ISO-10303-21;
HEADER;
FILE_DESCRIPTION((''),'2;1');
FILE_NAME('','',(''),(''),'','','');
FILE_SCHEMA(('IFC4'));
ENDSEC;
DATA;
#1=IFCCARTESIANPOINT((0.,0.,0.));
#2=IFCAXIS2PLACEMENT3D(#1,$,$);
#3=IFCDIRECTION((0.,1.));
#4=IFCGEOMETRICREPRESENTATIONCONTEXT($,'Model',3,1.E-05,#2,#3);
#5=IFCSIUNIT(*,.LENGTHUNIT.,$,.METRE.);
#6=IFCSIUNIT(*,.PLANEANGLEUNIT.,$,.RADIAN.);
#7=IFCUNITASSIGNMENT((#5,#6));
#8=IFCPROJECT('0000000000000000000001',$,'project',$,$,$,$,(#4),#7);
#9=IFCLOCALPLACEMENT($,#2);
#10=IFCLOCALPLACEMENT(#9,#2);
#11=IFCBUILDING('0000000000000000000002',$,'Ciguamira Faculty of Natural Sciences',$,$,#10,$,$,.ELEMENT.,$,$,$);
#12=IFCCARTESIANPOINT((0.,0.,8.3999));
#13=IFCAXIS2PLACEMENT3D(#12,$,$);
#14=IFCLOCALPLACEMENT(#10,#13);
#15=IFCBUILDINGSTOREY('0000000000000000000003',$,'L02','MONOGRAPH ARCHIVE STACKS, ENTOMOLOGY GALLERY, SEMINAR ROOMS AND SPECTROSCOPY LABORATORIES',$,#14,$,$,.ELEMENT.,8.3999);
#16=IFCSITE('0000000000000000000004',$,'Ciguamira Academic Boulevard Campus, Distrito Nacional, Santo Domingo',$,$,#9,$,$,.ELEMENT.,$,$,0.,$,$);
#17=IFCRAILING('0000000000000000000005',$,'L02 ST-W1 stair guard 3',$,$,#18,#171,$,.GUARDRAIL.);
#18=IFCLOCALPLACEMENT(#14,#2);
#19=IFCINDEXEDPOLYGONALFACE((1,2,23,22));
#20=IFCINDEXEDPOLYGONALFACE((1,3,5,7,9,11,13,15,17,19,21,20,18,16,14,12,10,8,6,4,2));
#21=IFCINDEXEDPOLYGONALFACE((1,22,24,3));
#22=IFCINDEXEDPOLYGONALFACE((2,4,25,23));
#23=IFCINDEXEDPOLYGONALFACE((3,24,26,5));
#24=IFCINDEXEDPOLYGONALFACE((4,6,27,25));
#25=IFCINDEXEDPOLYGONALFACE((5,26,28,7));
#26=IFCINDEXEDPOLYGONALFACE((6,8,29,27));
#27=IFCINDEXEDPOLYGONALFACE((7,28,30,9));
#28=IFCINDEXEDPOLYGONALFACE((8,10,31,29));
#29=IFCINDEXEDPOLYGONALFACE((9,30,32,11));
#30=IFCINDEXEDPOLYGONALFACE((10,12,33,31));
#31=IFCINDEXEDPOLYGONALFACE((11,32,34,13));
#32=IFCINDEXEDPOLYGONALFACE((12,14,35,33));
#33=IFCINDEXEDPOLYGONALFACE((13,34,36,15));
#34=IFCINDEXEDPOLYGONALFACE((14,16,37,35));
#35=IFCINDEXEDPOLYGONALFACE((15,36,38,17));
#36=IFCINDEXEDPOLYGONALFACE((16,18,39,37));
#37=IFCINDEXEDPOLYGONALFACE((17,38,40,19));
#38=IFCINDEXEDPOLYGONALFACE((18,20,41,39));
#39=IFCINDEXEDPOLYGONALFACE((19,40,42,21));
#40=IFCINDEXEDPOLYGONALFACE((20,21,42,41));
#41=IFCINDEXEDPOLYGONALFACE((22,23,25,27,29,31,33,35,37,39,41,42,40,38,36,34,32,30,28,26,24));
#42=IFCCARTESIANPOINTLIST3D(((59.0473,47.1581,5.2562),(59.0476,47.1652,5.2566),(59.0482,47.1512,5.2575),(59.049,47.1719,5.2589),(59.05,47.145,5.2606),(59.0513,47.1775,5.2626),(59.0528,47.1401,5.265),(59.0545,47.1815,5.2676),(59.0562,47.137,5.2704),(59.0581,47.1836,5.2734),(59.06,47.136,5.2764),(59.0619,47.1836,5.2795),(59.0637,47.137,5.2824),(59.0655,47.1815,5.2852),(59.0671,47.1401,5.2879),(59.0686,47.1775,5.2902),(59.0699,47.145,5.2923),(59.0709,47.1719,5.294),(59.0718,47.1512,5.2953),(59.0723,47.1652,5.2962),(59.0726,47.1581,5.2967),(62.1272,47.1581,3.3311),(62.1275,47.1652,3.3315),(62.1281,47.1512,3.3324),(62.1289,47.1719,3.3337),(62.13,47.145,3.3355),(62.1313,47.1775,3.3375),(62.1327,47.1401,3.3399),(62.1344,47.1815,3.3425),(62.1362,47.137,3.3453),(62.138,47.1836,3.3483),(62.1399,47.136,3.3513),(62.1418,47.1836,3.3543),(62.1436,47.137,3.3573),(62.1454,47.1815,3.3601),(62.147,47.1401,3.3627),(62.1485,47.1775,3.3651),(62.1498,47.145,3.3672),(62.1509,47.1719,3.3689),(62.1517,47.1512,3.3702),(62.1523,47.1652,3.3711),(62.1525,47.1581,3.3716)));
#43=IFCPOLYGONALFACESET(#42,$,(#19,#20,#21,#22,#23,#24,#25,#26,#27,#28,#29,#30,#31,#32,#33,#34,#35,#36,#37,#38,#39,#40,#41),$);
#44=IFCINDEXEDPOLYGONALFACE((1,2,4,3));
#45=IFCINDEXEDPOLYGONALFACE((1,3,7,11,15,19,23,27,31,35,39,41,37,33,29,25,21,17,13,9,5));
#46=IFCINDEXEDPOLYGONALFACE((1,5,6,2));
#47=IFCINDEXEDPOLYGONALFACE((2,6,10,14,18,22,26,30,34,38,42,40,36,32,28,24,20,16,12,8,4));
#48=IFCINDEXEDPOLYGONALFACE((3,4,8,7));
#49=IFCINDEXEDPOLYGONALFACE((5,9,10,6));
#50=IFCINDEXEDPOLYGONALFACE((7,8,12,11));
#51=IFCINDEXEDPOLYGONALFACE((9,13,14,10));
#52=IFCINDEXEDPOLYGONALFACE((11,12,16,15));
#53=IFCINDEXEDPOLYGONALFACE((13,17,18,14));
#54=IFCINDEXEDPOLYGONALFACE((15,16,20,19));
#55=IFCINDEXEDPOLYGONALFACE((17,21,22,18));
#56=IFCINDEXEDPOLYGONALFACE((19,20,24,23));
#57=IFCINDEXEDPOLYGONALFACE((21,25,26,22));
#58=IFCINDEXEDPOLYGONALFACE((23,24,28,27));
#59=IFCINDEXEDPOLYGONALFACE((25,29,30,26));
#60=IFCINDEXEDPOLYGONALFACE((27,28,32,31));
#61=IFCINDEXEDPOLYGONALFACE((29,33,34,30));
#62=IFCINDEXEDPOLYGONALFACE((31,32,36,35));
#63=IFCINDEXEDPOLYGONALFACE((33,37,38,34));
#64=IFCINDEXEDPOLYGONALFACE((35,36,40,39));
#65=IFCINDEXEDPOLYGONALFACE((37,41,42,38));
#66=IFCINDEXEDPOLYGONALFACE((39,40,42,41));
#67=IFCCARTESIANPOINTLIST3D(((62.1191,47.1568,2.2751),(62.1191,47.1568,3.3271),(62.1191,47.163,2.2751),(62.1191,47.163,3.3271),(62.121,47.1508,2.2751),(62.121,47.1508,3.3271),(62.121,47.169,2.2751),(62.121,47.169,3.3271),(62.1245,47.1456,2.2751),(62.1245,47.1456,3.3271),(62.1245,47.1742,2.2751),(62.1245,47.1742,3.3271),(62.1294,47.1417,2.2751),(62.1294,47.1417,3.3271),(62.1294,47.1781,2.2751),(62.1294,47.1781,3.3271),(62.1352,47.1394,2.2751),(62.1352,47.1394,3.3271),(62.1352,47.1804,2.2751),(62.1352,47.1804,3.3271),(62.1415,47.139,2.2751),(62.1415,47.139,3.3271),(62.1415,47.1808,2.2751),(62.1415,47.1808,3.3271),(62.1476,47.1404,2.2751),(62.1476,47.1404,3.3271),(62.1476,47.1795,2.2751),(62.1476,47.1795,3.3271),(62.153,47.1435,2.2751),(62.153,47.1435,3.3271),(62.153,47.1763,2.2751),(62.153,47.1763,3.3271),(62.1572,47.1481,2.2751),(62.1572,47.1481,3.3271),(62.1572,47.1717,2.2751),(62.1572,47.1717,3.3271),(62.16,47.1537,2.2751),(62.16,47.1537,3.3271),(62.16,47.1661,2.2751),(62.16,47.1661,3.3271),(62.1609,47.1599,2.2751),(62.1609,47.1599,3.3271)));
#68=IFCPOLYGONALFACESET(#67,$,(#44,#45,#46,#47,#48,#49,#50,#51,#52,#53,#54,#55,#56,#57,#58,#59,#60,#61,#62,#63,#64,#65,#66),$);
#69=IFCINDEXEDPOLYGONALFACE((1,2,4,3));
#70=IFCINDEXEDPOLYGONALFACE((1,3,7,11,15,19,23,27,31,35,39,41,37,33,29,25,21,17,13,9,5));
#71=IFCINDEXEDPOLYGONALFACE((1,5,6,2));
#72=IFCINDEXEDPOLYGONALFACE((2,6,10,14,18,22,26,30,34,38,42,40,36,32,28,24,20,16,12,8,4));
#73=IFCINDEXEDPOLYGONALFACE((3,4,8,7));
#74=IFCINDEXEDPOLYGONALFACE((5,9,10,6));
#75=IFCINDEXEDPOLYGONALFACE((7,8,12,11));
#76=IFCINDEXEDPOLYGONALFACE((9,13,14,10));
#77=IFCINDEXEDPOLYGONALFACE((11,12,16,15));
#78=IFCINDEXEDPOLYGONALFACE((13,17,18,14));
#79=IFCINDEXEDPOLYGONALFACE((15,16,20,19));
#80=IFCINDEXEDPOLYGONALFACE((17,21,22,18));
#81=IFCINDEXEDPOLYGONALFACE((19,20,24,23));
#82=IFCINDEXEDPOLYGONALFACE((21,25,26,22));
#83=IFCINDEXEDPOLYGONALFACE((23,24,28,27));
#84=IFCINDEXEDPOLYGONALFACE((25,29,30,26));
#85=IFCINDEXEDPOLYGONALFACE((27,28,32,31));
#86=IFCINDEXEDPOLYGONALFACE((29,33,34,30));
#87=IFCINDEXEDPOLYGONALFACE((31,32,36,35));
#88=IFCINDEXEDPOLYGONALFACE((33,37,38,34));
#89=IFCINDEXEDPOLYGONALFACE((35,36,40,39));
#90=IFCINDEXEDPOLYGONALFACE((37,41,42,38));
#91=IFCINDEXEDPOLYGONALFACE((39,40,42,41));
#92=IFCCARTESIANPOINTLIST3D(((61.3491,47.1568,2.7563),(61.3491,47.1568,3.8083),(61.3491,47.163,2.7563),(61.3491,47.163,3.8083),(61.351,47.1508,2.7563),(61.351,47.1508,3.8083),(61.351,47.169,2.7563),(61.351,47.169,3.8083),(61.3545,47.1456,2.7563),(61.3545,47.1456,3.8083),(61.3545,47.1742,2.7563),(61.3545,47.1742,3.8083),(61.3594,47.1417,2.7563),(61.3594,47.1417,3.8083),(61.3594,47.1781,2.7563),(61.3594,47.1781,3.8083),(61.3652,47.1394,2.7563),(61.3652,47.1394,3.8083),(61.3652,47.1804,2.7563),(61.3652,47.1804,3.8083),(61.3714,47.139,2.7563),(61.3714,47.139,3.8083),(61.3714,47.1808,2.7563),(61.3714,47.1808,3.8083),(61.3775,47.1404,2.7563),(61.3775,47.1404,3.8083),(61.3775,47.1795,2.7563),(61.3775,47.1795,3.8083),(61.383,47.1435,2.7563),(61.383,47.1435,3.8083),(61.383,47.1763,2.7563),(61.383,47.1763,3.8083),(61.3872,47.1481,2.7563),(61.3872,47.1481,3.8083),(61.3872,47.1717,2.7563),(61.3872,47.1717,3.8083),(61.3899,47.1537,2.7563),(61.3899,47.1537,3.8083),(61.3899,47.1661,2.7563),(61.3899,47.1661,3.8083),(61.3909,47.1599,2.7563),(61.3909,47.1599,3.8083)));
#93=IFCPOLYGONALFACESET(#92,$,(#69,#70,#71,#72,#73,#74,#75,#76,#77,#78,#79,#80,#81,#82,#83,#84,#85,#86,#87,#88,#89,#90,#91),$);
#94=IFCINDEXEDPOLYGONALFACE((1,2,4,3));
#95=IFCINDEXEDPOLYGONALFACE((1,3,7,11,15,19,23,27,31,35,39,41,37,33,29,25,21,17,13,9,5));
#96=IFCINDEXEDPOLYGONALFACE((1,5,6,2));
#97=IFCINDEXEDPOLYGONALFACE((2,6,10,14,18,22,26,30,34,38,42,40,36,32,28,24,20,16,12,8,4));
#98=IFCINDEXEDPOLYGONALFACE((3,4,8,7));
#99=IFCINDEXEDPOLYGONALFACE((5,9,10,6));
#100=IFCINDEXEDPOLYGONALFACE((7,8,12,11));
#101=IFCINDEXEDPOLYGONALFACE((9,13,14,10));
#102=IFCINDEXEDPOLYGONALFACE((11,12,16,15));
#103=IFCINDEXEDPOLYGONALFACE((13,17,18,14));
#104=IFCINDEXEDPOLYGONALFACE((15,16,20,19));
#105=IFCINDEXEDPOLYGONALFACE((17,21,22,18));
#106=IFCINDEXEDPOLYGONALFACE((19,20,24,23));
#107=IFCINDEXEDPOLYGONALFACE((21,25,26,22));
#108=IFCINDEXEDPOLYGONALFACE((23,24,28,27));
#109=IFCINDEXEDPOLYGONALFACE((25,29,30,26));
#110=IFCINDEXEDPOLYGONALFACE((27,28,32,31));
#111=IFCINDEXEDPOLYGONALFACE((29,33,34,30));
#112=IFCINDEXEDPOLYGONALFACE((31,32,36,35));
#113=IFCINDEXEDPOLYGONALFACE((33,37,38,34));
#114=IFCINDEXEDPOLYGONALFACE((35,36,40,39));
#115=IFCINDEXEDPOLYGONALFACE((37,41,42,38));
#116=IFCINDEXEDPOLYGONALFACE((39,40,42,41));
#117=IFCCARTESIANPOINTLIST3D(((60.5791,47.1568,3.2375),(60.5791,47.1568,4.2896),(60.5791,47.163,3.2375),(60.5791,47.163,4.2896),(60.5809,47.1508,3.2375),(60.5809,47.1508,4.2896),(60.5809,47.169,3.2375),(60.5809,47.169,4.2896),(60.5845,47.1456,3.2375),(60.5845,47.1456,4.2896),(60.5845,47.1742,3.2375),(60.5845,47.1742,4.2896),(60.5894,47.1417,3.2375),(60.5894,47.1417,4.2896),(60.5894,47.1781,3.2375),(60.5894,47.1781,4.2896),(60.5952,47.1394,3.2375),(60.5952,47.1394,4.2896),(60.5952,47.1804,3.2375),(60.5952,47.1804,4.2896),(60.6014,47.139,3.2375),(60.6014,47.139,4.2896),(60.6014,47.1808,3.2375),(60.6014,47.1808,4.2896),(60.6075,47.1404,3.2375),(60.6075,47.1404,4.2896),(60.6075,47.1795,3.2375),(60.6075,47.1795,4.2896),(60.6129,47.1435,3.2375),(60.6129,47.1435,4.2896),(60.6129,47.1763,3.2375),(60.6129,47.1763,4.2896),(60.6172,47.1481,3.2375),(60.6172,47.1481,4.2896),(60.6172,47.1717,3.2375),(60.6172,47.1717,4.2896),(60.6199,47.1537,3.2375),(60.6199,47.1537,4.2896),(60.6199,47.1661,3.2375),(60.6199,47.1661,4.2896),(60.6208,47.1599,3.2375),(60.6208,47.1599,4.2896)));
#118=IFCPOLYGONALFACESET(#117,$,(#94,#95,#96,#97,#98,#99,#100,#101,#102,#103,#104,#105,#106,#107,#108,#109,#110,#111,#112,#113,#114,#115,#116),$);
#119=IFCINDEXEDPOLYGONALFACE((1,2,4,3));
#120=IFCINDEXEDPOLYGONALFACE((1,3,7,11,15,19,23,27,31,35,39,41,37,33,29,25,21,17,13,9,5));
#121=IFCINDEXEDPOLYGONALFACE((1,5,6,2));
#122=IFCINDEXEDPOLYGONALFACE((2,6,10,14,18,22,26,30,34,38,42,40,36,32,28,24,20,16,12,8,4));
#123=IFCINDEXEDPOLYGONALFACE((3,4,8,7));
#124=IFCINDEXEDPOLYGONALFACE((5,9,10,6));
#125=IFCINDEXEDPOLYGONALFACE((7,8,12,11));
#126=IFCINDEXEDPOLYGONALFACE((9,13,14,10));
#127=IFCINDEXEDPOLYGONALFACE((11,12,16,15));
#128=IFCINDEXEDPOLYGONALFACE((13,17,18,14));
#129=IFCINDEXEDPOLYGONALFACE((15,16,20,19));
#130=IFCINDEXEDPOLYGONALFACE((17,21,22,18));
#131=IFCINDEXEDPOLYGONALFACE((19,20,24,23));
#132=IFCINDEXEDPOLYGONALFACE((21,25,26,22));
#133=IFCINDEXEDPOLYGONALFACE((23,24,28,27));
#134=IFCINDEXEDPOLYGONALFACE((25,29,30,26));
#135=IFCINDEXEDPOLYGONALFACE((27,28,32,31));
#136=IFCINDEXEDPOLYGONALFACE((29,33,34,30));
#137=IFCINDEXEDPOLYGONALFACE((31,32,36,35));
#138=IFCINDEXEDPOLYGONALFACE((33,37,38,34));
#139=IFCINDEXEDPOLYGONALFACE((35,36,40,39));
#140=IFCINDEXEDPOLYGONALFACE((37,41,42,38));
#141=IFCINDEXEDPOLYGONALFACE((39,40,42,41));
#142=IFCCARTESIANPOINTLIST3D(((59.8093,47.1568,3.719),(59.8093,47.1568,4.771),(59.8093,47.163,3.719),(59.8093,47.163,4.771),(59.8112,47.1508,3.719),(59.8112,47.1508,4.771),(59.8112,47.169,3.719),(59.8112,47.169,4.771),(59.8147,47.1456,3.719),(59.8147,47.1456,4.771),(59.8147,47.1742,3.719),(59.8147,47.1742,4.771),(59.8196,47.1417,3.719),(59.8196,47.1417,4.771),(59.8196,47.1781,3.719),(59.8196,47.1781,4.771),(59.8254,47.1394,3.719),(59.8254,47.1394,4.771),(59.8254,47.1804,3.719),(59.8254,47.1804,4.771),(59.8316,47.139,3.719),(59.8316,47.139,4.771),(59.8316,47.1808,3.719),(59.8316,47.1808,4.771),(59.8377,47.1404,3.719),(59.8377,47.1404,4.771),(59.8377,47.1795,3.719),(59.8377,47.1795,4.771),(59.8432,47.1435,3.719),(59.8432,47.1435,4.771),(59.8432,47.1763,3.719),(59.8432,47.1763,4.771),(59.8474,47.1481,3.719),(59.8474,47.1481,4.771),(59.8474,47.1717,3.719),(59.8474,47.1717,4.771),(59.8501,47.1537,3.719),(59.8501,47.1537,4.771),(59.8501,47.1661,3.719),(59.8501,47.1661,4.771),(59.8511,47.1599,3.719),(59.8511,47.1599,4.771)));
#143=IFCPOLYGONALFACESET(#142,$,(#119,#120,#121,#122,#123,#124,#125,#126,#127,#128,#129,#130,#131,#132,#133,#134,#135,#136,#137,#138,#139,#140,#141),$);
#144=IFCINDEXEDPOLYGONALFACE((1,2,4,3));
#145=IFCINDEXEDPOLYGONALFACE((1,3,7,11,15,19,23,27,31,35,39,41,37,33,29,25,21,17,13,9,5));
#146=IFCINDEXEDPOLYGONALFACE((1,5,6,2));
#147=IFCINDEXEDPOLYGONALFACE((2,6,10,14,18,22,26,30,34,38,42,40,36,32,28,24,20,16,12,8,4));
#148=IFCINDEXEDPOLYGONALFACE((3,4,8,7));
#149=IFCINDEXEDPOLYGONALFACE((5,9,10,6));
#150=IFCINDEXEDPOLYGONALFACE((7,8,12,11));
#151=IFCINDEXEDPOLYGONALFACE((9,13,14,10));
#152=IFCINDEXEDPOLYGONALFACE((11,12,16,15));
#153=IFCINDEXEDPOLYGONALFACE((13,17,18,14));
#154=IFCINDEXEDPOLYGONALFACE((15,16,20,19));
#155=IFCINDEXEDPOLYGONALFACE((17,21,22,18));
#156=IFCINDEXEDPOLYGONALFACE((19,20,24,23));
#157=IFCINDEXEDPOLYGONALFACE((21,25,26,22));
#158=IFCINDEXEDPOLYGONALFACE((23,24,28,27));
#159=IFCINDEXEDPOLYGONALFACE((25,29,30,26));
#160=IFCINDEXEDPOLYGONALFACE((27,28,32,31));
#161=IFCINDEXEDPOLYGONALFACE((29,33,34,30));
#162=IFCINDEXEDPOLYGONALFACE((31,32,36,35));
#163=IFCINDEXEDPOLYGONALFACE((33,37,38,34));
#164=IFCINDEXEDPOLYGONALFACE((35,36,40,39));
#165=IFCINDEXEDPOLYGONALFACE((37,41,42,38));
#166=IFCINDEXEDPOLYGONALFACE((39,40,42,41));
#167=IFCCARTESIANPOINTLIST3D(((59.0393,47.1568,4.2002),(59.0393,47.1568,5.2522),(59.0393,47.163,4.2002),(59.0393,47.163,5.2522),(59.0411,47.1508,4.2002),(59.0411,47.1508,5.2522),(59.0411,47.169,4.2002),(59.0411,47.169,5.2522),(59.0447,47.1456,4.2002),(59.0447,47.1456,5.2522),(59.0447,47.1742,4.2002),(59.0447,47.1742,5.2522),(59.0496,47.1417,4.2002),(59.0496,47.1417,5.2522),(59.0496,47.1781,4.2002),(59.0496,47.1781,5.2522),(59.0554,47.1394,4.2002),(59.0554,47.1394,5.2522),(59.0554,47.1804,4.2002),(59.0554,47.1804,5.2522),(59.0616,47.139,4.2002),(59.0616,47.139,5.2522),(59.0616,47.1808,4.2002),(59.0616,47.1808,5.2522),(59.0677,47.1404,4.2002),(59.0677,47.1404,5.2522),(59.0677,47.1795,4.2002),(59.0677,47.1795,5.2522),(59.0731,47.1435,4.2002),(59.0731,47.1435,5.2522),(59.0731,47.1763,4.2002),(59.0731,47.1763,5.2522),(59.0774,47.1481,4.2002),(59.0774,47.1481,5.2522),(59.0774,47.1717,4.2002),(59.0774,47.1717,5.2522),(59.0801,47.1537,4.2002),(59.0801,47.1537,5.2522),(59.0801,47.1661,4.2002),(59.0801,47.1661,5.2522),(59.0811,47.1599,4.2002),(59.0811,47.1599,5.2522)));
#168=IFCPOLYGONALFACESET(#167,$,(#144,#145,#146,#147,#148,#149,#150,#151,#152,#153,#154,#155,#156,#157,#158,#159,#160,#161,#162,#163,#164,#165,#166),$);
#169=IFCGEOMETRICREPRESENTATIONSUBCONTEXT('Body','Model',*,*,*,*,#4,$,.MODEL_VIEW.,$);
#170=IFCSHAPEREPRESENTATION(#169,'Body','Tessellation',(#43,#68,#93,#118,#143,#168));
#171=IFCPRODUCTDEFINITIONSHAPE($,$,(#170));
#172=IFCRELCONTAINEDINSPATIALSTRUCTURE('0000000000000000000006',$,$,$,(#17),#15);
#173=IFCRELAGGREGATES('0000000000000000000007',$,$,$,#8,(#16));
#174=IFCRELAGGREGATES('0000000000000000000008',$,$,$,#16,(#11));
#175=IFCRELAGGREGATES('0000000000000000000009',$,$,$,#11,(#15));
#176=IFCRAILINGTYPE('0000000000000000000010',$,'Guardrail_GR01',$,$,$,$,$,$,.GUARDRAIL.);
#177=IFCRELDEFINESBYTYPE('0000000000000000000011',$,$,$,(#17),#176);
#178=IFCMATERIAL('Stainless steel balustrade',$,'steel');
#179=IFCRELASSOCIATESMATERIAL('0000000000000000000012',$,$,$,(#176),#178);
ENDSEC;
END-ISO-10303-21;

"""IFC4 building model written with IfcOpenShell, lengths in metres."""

from ifc_helpers import new_model, si_unit, direction, frame, origin, origin_2d, place, context, subcontext, project, spatial, circle, extrude, material, type_object, element, save


model = new_model("IFC4")

# Units and contexts
model_context = context("Model", 3, precision=1e-05, world=origin(), true_north=direction((0.0, 1.0)))
body_context = subcontext(model_context, "Body", "Model", "MODEL_VIEW")
ifc_project = project(units=[si_unit("LENGTHUNIT", "METRE"), si_unit("PLANEANGLEUNIT", "RADIAN")], contexts=[model_context])

# Site, building, storey
site_placement = place(None, origin())
site = spatial("IfcSite", under=ifc_project, at=site_placement, Name="Ciguamira Academic Boulevard Campus, Distrito Nacional, Santo Domingo", CompositionType="ELEMENT", RefElevation=0.0)
building_placement = place(site_placement, origin())
building = spatial("IfcBuilding", under=site, at=building_placement, Name="Ciguamira Faculty of Natural Sciences", CompositionType="ELEMENT")
storey_placement = place(building_placement, frame((0.0, 0.0, 8.3999)))
storey = spatial("IfcBuildingStorey", under=building, at=storey_placement, Name="L02", Description="MONOGRAPH ARCHIVE STACKS, ENTOMOLOGY GALLERY, SEMINAR ROOMS AND SPECTROSCOPY LABORATORIES", CompositionType="ELEMENT", Elevation=8.3999)

# Railing
ifc_material_1 = material(Name="Stainless steel balustrade", Category="steel")
railing_type_1 = type_object("IfcRailingType", Name="Guardrail_GR01", PredefinedType="GUARDRAIL", material=ifc_material_1)
railing_1_placement = place(storey_placement, frame((62.1399, 47.1599, 2.2751)))
element("IfcRailing", 1, at=railing_1_placement, inside=storey, type_object=railing_type_1, Name="L02 ST-W1 stair guard 3", PredefinedType="GUARDRAIL", context=body_context, shape_type="SweptSolid", body=[
    extrude(circle(Radius=0.0239, at=origin_2d()), frame((0.0, 0.0, 1.0762), z_axis=(-0.847979, 0.0, 0.530029), x_axis=(0.0, -1.0, 0.0)), (0.0, 0.0, 1.0), 3.6321),
    extrude(circle(Radius=0.021, at=origin_2d()), origin(), (0.0, 0.0, 1.0), 1.052),
    extrude(circle(Radius=0.021, at=origin_2d()), frame((-0.77, 0.0, 0.4812)), (0.0, 0.0, 1.0), 1.052),
    extrude(circle(Radius=0.021, at=origin_2d()), frame((-1.54, 0.0, 0.9624)), (0.0, 0.0, 1.0), 1.052),
    extrude(circle(Radius=0.021, at=origin_2d()), frame((-2.3098, 0.0, 1.4438)), (0.0, 0.0, 1.0), 1.052),
    extrude(circle(Radius=0.021, at=origin_2d()), frame((-3.0798, 0.0, 1.925)), (0.0, 0.0, 1.0), 1.052),
])

save(model, "model.ifc")
